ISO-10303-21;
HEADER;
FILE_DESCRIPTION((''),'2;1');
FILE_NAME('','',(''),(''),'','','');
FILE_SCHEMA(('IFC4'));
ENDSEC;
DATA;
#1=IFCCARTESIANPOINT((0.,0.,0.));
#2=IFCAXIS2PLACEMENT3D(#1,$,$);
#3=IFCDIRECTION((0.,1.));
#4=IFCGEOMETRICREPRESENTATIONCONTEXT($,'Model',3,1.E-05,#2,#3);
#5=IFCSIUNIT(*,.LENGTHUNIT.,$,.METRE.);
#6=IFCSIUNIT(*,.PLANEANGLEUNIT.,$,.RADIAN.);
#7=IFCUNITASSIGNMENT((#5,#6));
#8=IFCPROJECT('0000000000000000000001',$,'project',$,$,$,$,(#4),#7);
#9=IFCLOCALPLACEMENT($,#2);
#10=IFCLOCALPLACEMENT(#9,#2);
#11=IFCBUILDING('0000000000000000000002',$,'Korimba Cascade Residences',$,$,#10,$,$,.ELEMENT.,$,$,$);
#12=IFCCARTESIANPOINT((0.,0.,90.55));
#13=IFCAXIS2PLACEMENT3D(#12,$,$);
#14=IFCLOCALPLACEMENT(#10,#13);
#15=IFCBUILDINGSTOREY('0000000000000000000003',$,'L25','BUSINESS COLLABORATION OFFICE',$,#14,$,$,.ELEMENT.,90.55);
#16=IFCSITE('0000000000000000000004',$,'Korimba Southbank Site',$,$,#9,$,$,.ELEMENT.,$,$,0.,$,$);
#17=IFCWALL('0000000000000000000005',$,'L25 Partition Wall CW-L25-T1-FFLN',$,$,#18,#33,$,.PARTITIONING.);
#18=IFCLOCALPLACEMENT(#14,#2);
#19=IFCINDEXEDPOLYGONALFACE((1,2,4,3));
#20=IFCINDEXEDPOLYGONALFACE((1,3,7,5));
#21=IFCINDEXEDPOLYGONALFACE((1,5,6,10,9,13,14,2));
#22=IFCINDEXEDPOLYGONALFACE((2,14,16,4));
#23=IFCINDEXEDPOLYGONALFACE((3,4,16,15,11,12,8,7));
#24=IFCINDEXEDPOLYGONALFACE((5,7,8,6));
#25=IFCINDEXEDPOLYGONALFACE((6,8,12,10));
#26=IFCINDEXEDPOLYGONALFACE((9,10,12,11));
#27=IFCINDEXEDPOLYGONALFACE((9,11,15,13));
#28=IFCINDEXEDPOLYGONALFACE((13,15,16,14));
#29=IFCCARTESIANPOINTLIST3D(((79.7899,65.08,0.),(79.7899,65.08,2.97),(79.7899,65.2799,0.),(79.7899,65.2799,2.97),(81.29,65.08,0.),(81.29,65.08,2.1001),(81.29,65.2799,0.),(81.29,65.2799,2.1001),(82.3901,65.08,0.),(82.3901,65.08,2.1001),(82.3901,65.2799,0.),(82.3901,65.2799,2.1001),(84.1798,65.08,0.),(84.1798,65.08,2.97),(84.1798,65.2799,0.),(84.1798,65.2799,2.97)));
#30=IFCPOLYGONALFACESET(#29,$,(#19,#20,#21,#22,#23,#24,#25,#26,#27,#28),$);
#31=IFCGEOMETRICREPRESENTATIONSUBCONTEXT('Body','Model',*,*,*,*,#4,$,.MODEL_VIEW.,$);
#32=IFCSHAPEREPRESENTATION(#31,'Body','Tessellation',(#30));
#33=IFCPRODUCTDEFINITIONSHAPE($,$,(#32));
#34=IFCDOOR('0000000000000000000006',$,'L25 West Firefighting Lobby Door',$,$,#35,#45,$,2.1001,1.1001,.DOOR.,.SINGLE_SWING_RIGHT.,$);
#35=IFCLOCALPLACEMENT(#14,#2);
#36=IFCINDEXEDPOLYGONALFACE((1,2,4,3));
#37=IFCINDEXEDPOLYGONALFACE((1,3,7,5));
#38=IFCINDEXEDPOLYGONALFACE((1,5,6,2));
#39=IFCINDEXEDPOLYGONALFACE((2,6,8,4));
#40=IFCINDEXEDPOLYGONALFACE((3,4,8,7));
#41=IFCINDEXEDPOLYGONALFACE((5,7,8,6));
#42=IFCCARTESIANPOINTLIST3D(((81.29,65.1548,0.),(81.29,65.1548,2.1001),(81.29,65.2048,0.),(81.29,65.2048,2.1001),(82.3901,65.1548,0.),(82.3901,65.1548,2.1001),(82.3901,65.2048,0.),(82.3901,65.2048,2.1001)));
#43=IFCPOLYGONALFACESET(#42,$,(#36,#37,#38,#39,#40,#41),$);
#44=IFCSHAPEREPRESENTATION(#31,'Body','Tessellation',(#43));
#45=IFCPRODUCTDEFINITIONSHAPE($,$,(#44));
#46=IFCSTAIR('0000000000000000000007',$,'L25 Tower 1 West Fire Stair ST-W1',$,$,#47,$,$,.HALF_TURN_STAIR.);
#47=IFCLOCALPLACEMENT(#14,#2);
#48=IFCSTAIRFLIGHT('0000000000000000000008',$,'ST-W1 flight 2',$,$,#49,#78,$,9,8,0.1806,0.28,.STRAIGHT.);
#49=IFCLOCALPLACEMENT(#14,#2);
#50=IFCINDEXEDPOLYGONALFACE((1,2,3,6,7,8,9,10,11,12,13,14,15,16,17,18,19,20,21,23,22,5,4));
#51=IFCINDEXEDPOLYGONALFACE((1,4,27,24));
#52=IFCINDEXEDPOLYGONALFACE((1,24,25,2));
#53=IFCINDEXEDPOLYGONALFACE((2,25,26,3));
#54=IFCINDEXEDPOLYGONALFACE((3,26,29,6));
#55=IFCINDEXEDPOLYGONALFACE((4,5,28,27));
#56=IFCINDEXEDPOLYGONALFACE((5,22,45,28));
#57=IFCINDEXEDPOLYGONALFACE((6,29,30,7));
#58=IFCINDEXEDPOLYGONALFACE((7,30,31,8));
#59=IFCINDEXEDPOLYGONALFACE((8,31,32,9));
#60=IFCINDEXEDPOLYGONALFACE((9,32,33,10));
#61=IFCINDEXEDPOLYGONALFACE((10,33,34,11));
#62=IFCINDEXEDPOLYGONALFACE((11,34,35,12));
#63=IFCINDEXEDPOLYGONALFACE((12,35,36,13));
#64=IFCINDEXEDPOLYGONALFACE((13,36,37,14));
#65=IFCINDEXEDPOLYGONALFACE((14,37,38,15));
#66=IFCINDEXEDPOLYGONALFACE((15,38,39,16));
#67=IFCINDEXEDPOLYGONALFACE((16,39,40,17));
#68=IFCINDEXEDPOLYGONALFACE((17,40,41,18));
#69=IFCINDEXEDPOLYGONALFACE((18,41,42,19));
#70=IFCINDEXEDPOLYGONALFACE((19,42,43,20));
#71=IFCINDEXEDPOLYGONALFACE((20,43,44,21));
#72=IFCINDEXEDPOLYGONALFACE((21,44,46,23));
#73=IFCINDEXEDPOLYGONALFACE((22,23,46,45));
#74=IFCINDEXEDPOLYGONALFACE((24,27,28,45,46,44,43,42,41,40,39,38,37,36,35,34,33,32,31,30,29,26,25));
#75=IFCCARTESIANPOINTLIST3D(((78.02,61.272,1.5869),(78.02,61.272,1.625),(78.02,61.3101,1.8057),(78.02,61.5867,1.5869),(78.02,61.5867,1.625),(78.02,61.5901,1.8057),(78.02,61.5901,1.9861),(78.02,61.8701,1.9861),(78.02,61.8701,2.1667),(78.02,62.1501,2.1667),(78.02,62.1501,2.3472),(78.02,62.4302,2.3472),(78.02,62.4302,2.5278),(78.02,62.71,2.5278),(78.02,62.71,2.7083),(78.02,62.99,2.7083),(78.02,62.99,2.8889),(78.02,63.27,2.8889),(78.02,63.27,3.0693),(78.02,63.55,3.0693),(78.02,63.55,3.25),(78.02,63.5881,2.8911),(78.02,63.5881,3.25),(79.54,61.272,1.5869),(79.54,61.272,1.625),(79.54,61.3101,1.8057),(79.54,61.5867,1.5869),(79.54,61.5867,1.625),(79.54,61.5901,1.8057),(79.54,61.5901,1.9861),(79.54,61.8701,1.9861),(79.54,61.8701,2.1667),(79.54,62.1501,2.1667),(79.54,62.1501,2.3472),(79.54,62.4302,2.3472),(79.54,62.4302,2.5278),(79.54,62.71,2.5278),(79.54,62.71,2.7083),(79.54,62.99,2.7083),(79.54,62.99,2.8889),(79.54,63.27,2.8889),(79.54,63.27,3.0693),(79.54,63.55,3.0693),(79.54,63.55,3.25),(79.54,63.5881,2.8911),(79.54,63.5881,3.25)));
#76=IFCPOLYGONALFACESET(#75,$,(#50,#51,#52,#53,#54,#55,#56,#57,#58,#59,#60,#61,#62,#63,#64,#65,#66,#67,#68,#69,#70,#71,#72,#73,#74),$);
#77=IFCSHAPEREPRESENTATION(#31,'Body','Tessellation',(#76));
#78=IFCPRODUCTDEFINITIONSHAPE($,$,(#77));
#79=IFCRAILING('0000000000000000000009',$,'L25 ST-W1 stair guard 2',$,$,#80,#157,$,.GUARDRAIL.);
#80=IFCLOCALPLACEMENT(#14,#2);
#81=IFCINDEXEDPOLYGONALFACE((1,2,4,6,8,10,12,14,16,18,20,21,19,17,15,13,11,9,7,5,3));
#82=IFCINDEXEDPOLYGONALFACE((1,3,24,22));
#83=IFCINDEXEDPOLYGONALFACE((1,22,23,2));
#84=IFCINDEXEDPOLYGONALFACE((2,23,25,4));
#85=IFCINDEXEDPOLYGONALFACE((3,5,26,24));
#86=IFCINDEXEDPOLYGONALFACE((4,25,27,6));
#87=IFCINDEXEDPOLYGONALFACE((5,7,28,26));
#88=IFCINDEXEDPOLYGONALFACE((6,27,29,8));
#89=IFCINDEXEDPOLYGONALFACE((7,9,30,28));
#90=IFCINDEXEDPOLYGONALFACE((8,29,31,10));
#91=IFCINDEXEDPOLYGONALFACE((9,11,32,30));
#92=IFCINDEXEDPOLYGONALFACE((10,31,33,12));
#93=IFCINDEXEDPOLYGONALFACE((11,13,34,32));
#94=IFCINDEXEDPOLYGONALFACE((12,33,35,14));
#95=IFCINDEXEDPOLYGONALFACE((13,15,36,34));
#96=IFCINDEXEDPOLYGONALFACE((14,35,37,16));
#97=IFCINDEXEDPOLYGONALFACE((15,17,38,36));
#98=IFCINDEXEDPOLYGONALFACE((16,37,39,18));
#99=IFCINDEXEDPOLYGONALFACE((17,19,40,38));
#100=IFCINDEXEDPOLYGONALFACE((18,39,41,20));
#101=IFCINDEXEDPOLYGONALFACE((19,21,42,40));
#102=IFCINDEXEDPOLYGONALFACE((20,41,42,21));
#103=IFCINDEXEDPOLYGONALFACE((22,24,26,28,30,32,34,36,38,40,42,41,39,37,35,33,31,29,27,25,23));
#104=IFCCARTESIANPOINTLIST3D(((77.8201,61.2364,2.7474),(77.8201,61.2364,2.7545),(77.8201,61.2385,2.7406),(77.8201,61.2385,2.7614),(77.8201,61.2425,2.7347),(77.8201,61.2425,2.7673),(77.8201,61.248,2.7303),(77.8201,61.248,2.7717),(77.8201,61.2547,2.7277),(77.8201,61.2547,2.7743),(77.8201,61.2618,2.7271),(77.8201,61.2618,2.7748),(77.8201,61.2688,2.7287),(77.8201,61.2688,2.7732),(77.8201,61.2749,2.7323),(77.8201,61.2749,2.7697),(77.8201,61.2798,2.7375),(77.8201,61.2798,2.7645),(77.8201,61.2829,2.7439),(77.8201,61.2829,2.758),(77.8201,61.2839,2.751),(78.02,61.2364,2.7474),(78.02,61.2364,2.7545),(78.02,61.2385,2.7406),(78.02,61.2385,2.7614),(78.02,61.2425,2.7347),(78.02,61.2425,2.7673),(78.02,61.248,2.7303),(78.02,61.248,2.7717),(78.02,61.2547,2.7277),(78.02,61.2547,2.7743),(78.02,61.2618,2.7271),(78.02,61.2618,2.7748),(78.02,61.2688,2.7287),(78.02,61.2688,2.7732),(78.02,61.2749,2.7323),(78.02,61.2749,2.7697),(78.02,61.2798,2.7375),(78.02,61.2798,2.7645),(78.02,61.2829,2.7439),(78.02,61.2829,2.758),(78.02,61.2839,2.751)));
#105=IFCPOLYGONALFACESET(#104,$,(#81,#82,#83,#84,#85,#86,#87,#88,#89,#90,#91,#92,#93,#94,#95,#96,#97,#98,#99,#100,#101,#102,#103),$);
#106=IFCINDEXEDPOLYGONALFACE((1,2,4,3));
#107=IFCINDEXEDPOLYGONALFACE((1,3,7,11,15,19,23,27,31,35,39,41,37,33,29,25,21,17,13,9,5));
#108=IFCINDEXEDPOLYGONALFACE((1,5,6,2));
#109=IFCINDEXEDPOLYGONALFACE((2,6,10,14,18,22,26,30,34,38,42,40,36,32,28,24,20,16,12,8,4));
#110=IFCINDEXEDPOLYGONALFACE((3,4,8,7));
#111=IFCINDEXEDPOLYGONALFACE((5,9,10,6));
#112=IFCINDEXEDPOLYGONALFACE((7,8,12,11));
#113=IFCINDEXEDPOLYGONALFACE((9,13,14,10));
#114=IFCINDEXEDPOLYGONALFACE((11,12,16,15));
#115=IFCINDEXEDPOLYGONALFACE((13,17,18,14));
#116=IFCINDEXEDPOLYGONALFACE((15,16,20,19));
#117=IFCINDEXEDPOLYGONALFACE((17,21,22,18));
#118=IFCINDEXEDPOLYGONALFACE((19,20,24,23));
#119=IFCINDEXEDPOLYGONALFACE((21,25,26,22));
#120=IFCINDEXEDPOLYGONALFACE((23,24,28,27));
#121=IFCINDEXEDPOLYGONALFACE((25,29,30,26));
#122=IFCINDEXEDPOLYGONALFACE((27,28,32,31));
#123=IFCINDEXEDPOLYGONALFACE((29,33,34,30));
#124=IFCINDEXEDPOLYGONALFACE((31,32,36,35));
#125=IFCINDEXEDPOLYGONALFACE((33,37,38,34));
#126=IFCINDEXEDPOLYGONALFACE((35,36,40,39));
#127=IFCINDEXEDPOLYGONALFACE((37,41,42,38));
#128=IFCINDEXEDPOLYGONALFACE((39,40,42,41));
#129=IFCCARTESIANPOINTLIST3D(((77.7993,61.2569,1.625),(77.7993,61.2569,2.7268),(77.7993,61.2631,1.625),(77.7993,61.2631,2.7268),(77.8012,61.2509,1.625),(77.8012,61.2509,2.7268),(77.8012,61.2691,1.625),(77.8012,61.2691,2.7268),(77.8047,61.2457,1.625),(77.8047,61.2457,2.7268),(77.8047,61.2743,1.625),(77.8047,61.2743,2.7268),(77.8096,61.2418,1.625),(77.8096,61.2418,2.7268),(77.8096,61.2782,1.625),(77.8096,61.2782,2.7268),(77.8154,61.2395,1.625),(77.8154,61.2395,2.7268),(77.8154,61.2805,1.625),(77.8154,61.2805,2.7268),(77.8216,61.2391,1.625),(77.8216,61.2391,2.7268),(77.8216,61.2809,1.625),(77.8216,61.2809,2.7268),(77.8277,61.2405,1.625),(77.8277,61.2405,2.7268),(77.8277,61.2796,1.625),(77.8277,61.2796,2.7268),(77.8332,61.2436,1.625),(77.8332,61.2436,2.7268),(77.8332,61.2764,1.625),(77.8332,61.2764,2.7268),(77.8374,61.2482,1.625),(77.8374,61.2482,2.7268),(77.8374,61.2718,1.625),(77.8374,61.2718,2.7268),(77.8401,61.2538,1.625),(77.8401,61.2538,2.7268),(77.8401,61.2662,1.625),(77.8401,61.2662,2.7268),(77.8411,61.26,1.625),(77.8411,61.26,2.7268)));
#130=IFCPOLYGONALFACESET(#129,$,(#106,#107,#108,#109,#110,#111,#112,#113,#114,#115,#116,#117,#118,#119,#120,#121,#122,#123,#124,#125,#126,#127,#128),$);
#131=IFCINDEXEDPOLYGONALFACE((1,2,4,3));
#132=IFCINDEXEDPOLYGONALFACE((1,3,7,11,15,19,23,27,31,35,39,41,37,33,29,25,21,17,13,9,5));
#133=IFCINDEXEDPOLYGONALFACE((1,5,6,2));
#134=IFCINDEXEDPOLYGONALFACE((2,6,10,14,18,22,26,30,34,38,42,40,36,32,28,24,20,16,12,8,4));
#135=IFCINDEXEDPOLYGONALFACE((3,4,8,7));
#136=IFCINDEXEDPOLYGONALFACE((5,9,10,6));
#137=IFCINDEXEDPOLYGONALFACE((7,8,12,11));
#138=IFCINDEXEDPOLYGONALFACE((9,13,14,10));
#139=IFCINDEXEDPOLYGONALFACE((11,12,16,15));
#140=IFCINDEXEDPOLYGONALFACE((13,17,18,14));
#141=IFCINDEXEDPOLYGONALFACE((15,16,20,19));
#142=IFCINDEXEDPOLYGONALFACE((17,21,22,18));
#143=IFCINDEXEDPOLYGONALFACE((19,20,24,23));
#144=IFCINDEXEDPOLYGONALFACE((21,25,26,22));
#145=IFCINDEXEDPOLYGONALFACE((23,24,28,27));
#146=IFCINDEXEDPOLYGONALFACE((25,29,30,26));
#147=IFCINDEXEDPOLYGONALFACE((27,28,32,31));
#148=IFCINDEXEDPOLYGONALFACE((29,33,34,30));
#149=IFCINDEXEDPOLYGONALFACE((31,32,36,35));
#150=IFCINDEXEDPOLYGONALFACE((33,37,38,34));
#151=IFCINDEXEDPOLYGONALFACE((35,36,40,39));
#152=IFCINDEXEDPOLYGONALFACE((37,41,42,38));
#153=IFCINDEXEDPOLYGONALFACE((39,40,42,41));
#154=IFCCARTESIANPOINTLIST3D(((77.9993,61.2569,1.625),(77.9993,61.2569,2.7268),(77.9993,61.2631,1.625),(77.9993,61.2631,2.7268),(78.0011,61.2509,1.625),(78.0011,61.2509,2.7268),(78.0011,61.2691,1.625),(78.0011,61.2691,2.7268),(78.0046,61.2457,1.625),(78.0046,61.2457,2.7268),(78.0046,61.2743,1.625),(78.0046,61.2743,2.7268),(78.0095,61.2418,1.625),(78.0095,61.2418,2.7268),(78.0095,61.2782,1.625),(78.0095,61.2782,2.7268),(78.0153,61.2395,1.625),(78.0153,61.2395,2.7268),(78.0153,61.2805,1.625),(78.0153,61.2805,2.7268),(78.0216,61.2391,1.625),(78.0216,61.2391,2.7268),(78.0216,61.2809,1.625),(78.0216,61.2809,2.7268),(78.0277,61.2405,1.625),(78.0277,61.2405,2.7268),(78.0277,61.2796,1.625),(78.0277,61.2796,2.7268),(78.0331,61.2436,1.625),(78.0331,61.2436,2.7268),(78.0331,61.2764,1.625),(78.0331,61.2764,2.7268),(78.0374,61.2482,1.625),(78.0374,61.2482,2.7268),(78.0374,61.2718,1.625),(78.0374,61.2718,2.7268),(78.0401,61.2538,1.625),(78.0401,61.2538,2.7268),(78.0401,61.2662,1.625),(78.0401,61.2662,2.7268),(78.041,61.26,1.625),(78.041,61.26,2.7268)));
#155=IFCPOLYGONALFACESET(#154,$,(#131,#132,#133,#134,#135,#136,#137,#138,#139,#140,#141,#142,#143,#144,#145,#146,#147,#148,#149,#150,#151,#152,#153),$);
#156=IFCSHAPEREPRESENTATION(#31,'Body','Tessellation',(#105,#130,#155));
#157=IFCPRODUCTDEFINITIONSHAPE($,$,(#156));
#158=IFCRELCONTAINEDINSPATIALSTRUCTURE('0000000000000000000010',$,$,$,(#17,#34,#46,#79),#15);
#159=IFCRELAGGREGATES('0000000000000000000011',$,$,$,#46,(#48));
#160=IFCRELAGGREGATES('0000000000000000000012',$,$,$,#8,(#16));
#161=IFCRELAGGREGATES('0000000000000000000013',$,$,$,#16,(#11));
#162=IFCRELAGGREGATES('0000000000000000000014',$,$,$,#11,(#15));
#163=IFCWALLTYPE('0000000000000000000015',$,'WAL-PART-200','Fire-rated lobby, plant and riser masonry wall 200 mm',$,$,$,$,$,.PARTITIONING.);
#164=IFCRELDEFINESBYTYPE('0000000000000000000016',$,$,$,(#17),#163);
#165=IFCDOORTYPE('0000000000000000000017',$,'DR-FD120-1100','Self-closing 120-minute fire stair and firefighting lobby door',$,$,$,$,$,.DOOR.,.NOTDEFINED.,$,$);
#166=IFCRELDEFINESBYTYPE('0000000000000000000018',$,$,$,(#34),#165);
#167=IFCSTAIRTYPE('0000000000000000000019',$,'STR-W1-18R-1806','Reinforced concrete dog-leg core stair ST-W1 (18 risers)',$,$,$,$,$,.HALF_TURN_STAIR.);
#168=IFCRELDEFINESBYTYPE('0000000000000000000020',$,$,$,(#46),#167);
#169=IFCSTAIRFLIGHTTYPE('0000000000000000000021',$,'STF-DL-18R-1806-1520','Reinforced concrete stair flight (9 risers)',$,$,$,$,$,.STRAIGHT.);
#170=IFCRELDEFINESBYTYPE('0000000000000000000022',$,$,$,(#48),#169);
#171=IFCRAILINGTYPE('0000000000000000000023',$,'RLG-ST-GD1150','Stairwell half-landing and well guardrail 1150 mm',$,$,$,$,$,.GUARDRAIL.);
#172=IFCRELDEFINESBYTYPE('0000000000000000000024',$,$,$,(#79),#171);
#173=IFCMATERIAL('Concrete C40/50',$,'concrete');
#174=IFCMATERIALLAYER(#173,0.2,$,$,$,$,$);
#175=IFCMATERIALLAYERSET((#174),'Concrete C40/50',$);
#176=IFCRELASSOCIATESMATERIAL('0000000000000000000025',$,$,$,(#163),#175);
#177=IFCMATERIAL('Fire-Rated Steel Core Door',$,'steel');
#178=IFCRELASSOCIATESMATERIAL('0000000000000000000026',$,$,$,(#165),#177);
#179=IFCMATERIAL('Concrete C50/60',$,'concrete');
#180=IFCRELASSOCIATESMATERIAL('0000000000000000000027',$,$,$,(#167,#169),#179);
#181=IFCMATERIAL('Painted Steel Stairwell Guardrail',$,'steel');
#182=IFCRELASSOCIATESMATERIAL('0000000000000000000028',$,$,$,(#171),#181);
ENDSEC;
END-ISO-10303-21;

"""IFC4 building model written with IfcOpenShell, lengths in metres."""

from ifc_helpers import new_model, si_unit, direction, frame, frame_2d, origin, origin_2d, place, context, subcontext, project, spatial, polyline, rectangle, circle, outline, extrude, material, layer, layer_set, type_object, element, fill, aggregate, save


model = new_model("IFC4")

# Units and contexts
model_context = context("Model", 3, precision=1e-05, world=origin(), true_north=direction((0.0, 1.0)))
body_context = subcontext(model_context, "Body", "Model", "MODEL_VIEW")
ifc_project = project(units=[si_unit("LENGTHUNIT", "METRE"), si_unit("PLANEANGLEUNIT", "RADIAN")], contexts=[model_context])

# Site, building, storey
site_placement = place(None, origin())
site = spatial("IfcSite", under=ifc_project, at=site_placement, Name="Korimba Southbank Site", CompositionType="ELEMENT", RefElevation=0.0)
building_placement = place(site_placement, origin())
building = spatial("IfcBuilding", under=site, at=building_placement, Name="Korimba Cascade Residences", CompositionType="ELEMENT")
storey_placement = place(building_placement, frame((0.0, 0.0, 90.55)))
storey = spatial("IfcBuildingStorey", under=building, at=storey_placement, Name="L25", Description="BUSINESS COLLABORATION OFFICE", CompositionType="ELEMENT", Elevation=90.55)

# Wall, opening, door
ifc_material_1 = material(Name="Concrete C40/50", Category="concrete")
ifc_layer = layer(ifc_material_1, 0.2)
ifc_layer_set = layer_set([ifc_layer], Name="Concrete C40/50")
wall_type = type_object("IfcWallType", Name="WAL-PART-200", Description="Fire-rated lobby, plant and riser masonry wall 200 mm", PredefinedType="PARTITIONING", material=ifc_layer_set)
wall_1_placement = place(storey_placement, frame((79.79, 65.1799, 0.0), z_axis=(0.0, 0.0, 1.0), x_axis=(1.0, 0.0, 0.0)))
wall_1 = element("IfcWall", 1, at=wall_1_placement, inside=storey, type_object=wall_type, Name="L25 Partition Wall CW-L25-T1-FFLN", PredefinedType="PARTITIONING", context=body_context, shape_type="SweptSolid", body=[
    extrude(rectangle(XDim=4.3899, YDim=0.2, at=frame_2d((2.1948, 0.0))), origin(), (0.0, 0.0, 1.0), 2.97),
])
opening_1_placement = place(wall_1_placement, frame((1.5, 0.0, 0.0)))
opening_1 = element("IfcOpeningElement", 2, at=opening_1_placement, cuts=wall_1, PredefinedType="OPENING", context=body_context, shape_type="SweptSolid", body=[
    extrude(rectangle(XDim=1.1001, YDim=2.1001, at=frame_2d((0.55, 1.05))), frame((0.0, 0.1099, 0.0), z_axis=(0.0, -1.0, 0.0), x_axis=(1.0, 0.0, 0.0)), (0.0, 0.0, 1.0), 0.22),
])
ifc_material_2 = material(Name="Fire-Rated Steel Core Door", Category="steel")
door_type_1 = type_object("IfcDoorType", Name="DR-FD120-1100", Description="Self-closing 120-minute fire stair and firefighting lobby door", OperationType="NOTDEFINED", PredefinedType="DOOR", material=ifc_material_2)
door_1_placement = place(opening_1_placement, origin())
door_1 = element("IfcDoor", 3, at=door_1_placement, inside=storey, type_object=door_type_1, Name="L25 West Firefighting Lobby Door", OperationType="SINGLE_SWING_RIGHT", OverallHeight=2.1001, OverallWidth=1.1001, PredefinedType="DOOR", context=body_context, shape_type="SweptSolid", body=[
    extrude(rectangle(XDim=1.1001, YDim=2.1001, at=frame_2d((0.55, 1.05))), frame((0.0, 0.0249, 0.0), z_axis=(0.0, -1.0, 0.0), x_axis=(1.0, 0.0, 0.0)), (0.0, 0.0, 1.0), 0.05),
])
fill(opening_1, door_1)

# Stair, stair flight
ifc_material_3 = material(Name="Concrete C50/60", Category="concrete")
stair_type = type_object("IfcStairType", Name="STR-W1-18R-1806", Description="Reinforced concrete dog-leg core stair ST-W1 (18 risers)", PredefinedType="HALF_TURN_STAIR", material=ifc_material_3)
stair_placement = place(storey_placement, origin())
stair = element("IfcStair", 4, at=stair_placement, inside=storey, type_object=stair_type, Name="L25 Tower 1 West Fire Stair ST-W1", PredefinedType="HALF_TURN_STAIR")
stair_flight_type = type_object("IfcStairFlightType", Name="STF-DL-18R-1806-1520", Description="Reinforced concrete stair flight (9 risers)", PredefinedType="STRAIGHT", material=ifc_material_3)
stair_flight_placement = place(storey_placement, frame((78.78, 61.3101, 1.625), z_axis=(0.0, 0.0, 1.0), x_axis=(0.0, 1.0, 0.0)))
stair_flight = element("IfcStairFlight", 5, at=stair_flight_placement, type_object=stair_flight_type, Name="ST-W1 flight 2", NumberOfRisers=9, NumberOfTreads=8, PredefinedType="STRAIGHT", RiserHeight=0.1806, TreadLength=0.28, context=body_context, shape_type="SweptSolid", body=[
    extrude(outline(polyline([(-0.0381, 0.0), (0.0, 0.1807), (0.28, 0.1807), (0.28, 0.3611), (0.5601, 0.3611), (0.5601, 0.5417), (0.8401, 0.5417), (0.8401, 0.7222), (1.1201, 0.7222), (1.1201, 0.9028), (1.3999, 0.9028), (1.3999, 1.0833), (1.6799, 1.0833), (1.6799, 1.2639), (1.96, 1.2639), (1.96, 1.4443), (2.24, 1.4443), (2.24, 1.625), (2.2781, 1.625), (2.2781, 1.2661), (0.2766, 0.0), (0.2766, -0.0381), (-0.0381, -0.0381), (-0.0381, 0.0)])), frame((0.0, 0.76, 0.0), z_axis=(0.0, -1.0, 0.0), x_axis=(1.0, 0.0, 0.0)), (0.0, 0.0, 1.0), 1.52),
])
aggregate(stair, [stair_flight])

# Railing
ifc_material_4 = material(Name="Painted Steel Stairwell Guardrail", Category="steel")
railing_type_1 = type_object("IfcRailingType", Name="RLG-ST-GD1150", Description="Stairwell half-landing and well guardrail 1150 mm", PredefinedType="GUARDRAIL", material=ifc_material_4)
railing_1_placement = place(storey_placement, frame((77.8201, 61.26, 1.625)))
element("IfcRailing", 6, at=railing_1_placement, inside=storey, type_object=railing_type_1, Name="L25 ST-W1 stair guard 2", PredefinedType="GUARDRAIL", context=body_context, shape_type="SweptSolid", body=[
    extrude(circle(Radius=0.0239, at=origin_2d()), frame((0.0, 0.0, 1.126), z_axis=(1.0, 0.0, 0.0), x_axis=(0.0, 1.0, 0.0)), (0.0, 0.0, 1.0), 0.2),
    extrude(circle(Radius=0.021, at=origin_2d()), origin(), (0.0, 0.0, 1.0), 1.1018),
    extrude(circle(Radius=0.021, at=origin_2d()), frame((0.2, 0.0, 0.0)), (0.0, 0.0, 1.0), 1.1018),
])

save(model, "model.ifc")
